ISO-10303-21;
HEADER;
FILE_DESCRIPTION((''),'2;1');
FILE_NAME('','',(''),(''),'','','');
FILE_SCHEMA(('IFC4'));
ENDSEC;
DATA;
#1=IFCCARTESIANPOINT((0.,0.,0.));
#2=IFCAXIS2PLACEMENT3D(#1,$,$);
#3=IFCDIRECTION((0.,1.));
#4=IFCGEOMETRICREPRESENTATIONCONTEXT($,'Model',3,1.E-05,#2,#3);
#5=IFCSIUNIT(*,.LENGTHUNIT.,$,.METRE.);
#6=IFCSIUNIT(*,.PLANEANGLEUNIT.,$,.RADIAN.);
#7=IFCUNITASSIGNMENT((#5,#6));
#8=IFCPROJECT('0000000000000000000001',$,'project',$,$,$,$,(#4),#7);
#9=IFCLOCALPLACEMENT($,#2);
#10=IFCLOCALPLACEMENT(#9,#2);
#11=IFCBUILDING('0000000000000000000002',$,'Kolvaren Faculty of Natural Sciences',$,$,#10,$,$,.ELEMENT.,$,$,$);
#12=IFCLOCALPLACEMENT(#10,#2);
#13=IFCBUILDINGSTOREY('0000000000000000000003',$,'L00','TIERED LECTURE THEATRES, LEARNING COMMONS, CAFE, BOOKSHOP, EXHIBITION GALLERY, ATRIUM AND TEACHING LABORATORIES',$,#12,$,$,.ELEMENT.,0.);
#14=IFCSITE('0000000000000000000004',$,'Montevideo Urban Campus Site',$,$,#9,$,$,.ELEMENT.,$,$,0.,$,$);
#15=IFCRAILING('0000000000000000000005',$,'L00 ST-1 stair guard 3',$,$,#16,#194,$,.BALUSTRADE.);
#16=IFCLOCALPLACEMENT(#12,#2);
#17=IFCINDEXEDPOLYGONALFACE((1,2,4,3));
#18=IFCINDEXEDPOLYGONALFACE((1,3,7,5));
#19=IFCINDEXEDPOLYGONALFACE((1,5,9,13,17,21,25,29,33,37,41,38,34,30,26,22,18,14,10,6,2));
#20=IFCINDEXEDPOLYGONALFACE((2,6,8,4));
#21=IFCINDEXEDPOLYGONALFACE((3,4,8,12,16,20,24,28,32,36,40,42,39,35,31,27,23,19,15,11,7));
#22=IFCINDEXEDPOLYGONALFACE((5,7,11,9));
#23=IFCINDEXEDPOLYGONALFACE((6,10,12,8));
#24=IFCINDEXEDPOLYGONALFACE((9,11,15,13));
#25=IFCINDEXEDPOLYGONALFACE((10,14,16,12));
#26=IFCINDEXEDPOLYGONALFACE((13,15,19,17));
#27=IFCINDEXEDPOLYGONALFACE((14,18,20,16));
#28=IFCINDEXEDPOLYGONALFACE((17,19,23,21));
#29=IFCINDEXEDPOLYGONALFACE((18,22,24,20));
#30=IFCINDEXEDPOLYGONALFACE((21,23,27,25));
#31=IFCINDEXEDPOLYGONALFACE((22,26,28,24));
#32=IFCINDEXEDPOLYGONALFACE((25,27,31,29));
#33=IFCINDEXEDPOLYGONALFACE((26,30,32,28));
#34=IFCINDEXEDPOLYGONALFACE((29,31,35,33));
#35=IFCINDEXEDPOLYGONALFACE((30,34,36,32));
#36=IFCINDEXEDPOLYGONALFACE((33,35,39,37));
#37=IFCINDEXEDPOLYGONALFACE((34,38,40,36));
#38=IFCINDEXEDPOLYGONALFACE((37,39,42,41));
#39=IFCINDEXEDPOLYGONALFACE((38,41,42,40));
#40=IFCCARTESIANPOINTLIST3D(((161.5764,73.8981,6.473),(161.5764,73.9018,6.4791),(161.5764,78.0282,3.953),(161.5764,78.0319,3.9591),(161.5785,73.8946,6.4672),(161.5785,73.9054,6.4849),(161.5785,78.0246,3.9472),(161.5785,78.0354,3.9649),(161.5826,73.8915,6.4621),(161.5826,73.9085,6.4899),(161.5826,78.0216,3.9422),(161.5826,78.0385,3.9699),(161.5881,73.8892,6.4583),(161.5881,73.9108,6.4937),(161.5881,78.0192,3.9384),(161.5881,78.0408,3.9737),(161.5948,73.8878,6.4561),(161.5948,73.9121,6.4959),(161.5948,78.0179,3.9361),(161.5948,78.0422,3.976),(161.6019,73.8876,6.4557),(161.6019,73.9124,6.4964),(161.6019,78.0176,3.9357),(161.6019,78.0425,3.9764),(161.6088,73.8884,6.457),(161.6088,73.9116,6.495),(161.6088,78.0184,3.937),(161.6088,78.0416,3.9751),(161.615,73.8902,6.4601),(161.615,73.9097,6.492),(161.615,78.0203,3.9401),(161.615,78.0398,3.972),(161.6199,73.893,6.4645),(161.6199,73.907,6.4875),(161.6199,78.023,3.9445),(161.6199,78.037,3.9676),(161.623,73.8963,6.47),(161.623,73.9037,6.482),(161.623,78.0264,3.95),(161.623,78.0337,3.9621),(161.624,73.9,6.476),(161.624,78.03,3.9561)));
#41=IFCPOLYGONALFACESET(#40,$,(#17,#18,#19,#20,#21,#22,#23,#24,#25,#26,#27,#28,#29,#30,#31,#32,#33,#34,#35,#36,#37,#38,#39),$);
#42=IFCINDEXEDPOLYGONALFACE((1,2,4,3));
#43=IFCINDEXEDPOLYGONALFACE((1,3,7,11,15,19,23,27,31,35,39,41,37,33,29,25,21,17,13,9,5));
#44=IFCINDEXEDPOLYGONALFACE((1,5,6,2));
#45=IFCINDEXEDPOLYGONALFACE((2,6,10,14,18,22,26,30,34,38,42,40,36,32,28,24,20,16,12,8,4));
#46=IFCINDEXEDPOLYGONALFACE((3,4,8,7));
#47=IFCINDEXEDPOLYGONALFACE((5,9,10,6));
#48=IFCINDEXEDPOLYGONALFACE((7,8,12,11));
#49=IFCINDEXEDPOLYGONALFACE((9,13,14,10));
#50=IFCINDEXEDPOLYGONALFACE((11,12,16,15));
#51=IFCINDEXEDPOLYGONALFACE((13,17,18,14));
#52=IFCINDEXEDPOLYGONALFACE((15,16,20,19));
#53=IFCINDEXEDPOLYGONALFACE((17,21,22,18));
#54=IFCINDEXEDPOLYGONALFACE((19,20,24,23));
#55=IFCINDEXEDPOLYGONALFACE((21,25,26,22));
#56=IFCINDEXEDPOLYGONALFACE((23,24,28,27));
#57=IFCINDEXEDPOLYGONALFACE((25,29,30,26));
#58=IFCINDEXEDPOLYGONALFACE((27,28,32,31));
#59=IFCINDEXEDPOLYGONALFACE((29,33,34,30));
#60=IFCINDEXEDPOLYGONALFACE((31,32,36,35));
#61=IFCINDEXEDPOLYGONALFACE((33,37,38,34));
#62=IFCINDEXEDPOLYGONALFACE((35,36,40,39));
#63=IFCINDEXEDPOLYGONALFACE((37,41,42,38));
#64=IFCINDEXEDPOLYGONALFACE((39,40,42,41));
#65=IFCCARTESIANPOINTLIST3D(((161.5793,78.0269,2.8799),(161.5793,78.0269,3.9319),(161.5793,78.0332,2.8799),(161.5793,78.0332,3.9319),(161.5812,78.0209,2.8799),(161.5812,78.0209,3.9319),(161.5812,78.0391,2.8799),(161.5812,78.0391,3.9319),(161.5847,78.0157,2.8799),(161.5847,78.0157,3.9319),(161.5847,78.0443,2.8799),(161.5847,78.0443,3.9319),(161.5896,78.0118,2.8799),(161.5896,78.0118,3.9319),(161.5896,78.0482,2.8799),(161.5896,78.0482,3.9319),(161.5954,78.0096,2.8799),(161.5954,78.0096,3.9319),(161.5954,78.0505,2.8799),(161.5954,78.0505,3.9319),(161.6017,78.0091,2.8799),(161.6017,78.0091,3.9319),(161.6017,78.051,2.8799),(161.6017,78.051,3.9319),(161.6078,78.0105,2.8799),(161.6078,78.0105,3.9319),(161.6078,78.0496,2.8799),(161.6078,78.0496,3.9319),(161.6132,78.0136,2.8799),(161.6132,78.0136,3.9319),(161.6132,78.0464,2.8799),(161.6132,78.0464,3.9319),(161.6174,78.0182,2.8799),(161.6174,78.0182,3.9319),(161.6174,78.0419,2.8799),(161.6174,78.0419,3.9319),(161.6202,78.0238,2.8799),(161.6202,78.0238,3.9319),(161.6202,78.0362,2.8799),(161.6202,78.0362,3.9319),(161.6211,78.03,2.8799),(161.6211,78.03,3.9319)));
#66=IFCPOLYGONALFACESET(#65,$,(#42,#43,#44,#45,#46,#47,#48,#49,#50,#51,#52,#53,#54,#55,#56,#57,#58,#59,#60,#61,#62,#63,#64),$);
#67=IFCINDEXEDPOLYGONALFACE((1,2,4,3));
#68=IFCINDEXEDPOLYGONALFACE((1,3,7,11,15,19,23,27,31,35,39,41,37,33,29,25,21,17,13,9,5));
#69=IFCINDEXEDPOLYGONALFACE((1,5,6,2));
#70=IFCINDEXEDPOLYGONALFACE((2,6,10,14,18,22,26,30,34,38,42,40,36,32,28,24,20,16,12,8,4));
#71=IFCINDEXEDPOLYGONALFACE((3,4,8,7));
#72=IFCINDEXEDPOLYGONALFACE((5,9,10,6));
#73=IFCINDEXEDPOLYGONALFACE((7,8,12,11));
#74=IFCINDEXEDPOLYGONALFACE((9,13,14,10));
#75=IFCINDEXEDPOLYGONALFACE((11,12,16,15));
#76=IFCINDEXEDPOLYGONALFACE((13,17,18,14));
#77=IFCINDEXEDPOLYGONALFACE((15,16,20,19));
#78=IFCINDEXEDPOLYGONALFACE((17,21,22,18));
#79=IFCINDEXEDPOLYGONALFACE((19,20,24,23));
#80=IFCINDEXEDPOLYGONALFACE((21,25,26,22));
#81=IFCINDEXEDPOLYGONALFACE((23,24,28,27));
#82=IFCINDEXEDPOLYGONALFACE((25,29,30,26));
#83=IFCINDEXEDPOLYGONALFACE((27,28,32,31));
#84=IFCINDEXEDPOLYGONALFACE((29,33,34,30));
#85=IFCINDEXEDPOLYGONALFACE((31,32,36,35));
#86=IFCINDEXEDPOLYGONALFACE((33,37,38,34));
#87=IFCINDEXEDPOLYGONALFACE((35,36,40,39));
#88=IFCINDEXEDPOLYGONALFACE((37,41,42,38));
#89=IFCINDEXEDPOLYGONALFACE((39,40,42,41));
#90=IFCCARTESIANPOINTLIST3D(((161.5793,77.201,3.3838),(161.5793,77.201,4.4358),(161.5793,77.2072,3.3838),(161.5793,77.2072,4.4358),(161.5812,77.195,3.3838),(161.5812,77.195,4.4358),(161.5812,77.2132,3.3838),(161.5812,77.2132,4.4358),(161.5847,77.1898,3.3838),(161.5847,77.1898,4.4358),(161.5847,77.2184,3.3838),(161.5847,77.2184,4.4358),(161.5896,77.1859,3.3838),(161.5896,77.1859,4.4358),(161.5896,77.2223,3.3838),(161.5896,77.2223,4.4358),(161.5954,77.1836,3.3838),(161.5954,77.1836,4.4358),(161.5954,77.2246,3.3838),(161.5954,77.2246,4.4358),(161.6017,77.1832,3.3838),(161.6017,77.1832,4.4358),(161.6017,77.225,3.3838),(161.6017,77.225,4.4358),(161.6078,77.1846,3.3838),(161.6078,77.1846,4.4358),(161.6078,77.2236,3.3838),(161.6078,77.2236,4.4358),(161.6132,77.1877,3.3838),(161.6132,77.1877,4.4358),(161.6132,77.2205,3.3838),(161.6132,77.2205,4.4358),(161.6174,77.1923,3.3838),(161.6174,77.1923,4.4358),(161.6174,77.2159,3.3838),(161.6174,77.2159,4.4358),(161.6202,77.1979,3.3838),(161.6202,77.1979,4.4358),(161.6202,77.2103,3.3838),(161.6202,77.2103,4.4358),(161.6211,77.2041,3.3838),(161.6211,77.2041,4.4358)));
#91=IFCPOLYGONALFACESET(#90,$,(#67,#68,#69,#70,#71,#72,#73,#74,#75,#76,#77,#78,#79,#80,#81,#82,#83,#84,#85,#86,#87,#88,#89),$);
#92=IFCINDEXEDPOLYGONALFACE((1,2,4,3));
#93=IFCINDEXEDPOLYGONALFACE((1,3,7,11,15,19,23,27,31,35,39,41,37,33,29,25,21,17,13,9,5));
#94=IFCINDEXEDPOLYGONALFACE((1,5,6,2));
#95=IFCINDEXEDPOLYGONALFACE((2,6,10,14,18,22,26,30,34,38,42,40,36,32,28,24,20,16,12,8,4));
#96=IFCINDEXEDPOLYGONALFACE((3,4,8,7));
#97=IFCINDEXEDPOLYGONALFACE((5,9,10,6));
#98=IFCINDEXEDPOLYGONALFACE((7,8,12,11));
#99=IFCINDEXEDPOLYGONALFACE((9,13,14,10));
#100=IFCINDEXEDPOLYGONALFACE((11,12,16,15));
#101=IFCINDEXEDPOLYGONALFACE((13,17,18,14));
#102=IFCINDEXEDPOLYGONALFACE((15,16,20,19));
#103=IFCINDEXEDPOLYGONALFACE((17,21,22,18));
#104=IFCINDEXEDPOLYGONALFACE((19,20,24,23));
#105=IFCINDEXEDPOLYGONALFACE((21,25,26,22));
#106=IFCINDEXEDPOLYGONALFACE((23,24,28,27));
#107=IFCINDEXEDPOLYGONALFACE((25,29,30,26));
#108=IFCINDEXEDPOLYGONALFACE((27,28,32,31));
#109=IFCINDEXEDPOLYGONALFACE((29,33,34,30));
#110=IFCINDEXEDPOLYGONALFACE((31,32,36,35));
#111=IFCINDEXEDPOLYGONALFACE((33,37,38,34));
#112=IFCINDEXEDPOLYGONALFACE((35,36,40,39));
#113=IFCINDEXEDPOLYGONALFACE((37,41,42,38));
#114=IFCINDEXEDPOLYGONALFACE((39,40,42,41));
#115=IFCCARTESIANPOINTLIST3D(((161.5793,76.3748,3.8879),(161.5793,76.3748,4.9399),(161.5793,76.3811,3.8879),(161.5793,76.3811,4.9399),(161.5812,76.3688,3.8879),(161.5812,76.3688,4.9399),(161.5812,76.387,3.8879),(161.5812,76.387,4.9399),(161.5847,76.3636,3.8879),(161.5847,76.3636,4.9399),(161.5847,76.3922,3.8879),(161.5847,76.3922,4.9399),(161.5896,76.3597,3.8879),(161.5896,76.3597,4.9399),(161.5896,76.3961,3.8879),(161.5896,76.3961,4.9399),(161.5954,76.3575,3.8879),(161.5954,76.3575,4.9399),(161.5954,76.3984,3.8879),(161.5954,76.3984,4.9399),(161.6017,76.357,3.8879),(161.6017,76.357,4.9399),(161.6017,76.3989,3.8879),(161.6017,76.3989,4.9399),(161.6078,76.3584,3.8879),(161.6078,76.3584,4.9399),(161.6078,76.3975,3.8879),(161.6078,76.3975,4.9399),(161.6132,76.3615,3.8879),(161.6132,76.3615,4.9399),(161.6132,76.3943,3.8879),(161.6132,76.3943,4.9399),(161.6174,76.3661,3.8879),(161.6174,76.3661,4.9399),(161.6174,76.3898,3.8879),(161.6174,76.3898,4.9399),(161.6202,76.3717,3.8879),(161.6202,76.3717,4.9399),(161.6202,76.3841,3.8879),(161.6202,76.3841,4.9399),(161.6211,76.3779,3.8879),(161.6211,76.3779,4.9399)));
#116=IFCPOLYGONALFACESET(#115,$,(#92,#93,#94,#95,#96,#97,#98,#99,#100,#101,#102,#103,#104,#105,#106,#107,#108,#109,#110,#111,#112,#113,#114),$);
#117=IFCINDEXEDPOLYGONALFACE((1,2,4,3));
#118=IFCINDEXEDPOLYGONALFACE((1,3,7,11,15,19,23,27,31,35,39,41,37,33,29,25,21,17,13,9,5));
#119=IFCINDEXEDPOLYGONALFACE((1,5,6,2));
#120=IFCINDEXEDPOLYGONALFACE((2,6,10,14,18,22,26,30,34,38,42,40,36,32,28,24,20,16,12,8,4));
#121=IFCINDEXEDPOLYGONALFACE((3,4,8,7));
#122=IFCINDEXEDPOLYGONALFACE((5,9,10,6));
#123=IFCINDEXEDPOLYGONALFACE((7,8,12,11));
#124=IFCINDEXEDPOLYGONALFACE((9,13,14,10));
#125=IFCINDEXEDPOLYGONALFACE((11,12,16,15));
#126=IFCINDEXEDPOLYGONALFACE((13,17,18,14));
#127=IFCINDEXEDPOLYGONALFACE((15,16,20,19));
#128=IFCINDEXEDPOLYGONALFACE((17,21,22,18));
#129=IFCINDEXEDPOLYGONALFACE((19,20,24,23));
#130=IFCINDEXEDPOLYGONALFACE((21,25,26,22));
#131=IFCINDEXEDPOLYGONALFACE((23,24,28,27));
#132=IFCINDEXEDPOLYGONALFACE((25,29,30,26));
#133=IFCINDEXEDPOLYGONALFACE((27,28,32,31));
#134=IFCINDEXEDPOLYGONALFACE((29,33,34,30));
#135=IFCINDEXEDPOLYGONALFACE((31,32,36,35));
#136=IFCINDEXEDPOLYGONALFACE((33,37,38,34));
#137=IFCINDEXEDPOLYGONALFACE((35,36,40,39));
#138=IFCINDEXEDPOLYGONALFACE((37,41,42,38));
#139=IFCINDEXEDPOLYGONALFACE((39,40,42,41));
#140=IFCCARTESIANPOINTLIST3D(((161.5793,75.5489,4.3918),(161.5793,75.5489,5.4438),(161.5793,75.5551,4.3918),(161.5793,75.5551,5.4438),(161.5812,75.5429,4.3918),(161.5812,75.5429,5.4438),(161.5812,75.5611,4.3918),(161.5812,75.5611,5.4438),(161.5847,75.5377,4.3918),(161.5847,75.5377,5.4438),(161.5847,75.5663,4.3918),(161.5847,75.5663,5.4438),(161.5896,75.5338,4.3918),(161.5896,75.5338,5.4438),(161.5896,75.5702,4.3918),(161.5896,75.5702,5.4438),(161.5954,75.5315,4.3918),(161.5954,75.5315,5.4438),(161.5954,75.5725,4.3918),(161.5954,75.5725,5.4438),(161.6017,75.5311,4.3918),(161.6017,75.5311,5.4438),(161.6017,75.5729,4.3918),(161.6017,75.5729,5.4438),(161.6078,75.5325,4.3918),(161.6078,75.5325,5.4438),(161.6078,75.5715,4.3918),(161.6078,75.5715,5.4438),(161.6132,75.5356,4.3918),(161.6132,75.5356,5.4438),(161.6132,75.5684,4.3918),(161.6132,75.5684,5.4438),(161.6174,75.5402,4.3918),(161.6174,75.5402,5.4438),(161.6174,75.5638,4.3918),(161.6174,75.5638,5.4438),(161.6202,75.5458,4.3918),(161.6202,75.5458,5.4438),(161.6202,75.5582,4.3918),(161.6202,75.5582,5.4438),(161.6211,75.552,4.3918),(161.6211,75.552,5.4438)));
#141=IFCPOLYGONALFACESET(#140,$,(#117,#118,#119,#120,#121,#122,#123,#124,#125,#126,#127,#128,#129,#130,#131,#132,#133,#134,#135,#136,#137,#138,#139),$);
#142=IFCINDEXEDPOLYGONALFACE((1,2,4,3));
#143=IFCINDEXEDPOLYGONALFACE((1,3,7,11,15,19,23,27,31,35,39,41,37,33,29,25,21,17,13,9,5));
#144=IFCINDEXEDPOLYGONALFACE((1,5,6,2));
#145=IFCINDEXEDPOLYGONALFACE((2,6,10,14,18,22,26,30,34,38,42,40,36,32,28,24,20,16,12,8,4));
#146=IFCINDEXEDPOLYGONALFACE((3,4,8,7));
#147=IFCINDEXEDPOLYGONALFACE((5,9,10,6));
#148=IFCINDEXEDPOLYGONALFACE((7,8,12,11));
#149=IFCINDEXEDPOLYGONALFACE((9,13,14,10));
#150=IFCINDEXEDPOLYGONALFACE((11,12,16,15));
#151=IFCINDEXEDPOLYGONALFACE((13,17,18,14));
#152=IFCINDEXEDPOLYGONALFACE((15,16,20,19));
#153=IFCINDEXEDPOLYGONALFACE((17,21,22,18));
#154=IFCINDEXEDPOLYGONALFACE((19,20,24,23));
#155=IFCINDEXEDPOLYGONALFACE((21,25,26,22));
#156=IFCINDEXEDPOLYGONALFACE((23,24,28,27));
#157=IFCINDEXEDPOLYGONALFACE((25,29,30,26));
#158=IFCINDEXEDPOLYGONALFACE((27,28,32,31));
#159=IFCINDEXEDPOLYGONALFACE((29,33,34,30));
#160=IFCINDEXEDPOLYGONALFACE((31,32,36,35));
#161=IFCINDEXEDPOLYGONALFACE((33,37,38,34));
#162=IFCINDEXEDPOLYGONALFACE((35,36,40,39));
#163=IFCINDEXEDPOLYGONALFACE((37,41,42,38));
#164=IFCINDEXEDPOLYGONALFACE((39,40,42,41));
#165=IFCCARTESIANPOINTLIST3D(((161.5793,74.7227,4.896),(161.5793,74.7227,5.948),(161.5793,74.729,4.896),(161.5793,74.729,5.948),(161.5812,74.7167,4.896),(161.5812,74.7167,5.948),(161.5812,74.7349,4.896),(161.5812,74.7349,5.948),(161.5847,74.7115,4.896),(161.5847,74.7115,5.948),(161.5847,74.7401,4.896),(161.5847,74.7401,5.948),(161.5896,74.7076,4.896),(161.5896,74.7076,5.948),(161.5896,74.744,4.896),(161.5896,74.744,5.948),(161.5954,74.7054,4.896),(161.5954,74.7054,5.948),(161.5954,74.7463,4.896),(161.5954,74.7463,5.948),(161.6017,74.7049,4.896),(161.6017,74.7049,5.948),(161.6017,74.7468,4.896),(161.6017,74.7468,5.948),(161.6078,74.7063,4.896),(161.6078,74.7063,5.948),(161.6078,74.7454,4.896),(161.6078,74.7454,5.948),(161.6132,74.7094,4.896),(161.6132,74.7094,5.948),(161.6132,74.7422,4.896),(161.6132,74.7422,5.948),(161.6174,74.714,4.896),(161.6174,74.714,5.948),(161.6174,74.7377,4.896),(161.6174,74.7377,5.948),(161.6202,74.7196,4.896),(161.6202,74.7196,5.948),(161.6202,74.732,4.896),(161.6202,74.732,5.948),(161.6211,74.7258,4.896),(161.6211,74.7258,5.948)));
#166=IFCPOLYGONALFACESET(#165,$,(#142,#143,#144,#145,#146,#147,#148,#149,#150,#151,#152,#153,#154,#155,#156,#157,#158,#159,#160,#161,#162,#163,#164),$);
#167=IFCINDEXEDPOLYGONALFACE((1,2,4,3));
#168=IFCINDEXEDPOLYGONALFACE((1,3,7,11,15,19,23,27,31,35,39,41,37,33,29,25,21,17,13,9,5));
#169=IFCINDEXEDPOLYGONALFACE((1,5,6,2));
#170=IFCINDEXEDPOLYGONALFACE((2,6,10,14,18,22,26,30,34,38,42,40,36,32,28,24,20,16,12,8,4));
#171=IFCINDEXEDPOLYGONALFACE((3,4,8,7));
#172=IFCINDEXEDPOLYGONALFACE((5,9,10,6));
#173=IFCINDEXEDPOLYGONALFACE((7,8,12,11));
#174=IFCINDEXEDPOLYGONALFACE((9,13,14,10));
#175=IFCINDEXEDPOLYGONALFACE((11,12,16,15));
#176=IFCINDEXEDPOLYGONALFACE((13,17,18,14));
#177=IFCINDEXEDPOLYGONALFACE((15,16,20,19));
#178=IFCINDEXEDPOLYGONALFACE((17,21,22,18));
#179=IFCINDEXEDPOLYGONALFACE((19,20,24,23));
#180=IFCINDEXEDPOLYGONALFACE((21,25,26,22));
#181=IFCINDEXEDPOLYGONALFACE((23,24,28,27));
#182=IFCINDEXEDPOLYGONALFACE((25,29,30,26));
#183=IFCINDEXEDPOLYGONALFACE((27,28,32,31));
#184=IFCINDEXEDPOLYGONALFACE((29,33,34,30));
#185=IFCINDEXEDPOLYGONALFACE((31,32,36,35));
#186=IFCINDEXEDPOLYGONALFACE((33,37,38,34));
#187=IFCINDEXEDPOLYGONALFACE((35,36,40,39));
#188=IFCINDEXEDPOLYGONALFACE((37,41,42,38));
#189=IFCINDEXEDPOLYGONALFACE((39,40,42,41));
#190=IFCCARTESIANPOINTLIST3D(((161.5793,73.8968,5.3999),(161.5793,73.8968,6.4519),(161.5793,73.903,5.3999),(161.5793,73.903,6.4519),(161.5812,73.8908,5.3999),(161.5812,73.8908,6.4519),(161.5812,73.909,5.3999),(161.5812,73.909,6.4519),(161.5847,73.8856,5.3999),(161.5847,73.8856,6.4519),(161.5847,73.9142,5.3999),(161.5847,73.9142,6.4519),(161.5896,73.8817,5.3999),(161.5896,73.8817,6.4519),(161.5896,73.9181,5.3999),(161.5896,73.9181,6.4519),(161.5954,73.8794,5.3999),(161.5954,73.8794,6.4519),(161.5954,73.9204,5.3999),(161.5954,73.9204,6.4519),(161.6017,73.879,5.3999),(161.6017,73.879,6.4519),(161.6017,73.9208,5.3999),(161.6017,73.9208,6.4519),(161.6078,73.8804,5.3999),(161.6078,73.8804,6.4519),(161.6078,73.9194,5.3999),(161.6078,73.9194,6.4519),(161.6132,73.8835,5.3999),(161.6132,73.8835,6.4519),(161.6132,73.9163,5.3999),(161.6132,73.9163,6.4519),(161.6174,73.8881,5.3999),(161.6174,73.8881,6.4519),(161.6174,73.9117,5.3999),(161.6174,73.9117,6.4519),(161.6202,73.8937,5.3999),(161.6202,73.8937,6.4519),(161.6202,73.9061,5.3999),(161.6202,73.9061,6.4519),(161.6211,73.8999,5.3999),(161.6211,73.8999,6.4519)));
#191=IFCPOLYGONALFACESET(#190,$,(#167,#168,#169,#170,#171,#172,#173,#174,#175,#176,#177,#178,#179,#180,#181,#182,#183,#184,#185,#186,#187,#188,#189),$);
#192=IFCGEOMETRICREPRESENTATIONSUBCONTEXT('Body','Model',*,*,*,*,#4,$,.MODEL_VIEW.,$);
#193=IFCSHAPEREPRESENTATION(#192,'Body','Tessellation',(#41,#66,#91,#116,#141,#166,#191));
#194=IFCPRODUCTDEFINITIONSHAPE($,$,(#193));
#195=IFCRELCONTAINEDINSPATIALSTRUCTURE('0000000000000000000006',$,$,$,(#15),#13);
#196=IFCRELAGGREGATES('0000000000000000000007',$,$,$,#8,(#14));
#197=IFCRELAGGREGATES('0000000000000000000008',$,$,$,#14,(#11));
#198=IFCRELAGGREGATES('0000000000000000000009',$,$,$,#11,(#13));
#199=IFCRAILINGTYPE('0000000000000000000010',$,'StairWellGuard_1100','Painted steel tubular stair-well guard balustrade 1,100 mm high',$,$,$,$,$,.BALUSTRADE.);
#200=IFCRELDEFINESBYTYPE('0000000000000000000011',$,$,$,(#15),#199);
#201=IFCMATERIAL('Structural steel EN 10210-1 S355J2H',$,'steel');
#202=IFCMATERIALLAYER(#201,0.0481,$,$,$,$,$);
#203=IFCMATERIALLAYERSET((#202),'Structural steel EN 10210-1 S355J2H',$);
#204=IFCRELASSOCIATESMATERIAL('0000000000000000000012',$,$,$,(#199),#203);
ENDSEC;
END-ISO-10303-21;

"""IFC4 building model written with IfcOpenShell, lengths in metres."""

from ifc_helpers import new_model, si_unit, direction, frame, origin, origin_2d, place, context, subcontext, project, spatial, circle, extrude, material, layer, layer_set, type_object, element, save


model = new_model("IFC4")

# Units and contexts
model_context = context("Model", 3, precision=1e-05, world=origin(), true_north=direction((0.0, 1.0)))
body_context = subcontext(model_context, "Body", "Model", "MODEL_VIEW")
ifc_project = project(units=[si_unit("LENGTHUNIT", "METRE"), si_unit("PLANEANGLEUNIT", "RADIAN")], contexts=[model_context])

# Site, building, storey
site_placement = place(None, origin())
site = spatial("IfcSite", under=ifc_project, at=site_placement, Name="Montevideo Urban Campus Site", CompositionType="ELEMENT", RefElevation=0.0)
building_placement = place(site_placement, origin())
building = spatial("IfcBuilding", under=site, at=building_placement, Name="Kolvaren Faculty of Natural Sciences", CompositionType="ELEMENT")
storey_placement = place(building_placement, origin())
storey = spatial("IfcBuildingStorey", under=building, at=storey_placement, Name="L00", Description="TIERED LECTURE THEATRES, LEARNING COMMONS, CAFE, BOOKSHOP, EXHIBITION GALLERY, ATRIUM AND TEACHING LABORATORIES", CompositionType="ELEMENT", Elevation=0.0)

# Railing
ifc_material_1 = material(Name="Structural steel EN 10210-1 S355J2H", Category="steel")
ifc_layer_1 = layer(ifc_material_1, 0.0481)
ifc_layer_set_1 = layer_set([ifc_layer_1], Name="Structural steel EN 10210-1 S355J2H")
railing_type_1 = type_object("IfcRailingType", Name="StairWellGuard_1100", Description="Painted steel tubular stair-well guard balustrade 1,100 mm high", PredefinedType="BALUSTRADE", material=ifc_layer_set_1)
railing_1_placement = place(storey_placement, frame((161.6001, 78.03, 2.8799)))
element("IfcRailing", 1, at=railing_1_placement, inside=storey, type_object=railing_type_1, Name="L00 ST-1 stair guard 3", PredefinedType="BALUSTRADE", context=body_context, shape_type="SweptSolid", body=[
    extrude(circle(Radius=0.0239, at=origin_2d()), frame((0.0, 0.0, 1.0762), z_axis=(0.0, -0.853645, 0.520856), x_axis=(1.0, 0.0, 0.0)), (0.0, 0.0, 1.0), 4.8381),
    extrude(circle(Radius=0.021, at=origin_2d()), origin(), (0.0, 0.0, 1.0), 1.052),
    extrude(circle(Radius=0.021, at=origin_2d()), frame((0.0, -0.8259, 0.5039)), (0.0, 0.0, 1.0), 1.052),
    extrude(circle(Radius=0.021, at=origin_2d()), frame((0.0, -1.6521, 1.0081)), (0.0, 0.0, 1.0), 1.052),
    extrude(circle(Radius=0.021, at=origin_2d()), frame((0.0, -2.478, 1.512)), (0.0, 0.0, 1.0), 1.052),
    extrude(circle(Radius=0.021, at=origin_2d()), frame((0.0, -3.3042, 2.0161)), (0.0, 0.0, 1.0), 1.052),
    extrude(circle(Radius=0.021, at=origin_2d()), frame((0.0, -4.1301, 2.52)), (0.0, 0.0, 1.0), 1.052),
])

save(model, "model.ifc")
